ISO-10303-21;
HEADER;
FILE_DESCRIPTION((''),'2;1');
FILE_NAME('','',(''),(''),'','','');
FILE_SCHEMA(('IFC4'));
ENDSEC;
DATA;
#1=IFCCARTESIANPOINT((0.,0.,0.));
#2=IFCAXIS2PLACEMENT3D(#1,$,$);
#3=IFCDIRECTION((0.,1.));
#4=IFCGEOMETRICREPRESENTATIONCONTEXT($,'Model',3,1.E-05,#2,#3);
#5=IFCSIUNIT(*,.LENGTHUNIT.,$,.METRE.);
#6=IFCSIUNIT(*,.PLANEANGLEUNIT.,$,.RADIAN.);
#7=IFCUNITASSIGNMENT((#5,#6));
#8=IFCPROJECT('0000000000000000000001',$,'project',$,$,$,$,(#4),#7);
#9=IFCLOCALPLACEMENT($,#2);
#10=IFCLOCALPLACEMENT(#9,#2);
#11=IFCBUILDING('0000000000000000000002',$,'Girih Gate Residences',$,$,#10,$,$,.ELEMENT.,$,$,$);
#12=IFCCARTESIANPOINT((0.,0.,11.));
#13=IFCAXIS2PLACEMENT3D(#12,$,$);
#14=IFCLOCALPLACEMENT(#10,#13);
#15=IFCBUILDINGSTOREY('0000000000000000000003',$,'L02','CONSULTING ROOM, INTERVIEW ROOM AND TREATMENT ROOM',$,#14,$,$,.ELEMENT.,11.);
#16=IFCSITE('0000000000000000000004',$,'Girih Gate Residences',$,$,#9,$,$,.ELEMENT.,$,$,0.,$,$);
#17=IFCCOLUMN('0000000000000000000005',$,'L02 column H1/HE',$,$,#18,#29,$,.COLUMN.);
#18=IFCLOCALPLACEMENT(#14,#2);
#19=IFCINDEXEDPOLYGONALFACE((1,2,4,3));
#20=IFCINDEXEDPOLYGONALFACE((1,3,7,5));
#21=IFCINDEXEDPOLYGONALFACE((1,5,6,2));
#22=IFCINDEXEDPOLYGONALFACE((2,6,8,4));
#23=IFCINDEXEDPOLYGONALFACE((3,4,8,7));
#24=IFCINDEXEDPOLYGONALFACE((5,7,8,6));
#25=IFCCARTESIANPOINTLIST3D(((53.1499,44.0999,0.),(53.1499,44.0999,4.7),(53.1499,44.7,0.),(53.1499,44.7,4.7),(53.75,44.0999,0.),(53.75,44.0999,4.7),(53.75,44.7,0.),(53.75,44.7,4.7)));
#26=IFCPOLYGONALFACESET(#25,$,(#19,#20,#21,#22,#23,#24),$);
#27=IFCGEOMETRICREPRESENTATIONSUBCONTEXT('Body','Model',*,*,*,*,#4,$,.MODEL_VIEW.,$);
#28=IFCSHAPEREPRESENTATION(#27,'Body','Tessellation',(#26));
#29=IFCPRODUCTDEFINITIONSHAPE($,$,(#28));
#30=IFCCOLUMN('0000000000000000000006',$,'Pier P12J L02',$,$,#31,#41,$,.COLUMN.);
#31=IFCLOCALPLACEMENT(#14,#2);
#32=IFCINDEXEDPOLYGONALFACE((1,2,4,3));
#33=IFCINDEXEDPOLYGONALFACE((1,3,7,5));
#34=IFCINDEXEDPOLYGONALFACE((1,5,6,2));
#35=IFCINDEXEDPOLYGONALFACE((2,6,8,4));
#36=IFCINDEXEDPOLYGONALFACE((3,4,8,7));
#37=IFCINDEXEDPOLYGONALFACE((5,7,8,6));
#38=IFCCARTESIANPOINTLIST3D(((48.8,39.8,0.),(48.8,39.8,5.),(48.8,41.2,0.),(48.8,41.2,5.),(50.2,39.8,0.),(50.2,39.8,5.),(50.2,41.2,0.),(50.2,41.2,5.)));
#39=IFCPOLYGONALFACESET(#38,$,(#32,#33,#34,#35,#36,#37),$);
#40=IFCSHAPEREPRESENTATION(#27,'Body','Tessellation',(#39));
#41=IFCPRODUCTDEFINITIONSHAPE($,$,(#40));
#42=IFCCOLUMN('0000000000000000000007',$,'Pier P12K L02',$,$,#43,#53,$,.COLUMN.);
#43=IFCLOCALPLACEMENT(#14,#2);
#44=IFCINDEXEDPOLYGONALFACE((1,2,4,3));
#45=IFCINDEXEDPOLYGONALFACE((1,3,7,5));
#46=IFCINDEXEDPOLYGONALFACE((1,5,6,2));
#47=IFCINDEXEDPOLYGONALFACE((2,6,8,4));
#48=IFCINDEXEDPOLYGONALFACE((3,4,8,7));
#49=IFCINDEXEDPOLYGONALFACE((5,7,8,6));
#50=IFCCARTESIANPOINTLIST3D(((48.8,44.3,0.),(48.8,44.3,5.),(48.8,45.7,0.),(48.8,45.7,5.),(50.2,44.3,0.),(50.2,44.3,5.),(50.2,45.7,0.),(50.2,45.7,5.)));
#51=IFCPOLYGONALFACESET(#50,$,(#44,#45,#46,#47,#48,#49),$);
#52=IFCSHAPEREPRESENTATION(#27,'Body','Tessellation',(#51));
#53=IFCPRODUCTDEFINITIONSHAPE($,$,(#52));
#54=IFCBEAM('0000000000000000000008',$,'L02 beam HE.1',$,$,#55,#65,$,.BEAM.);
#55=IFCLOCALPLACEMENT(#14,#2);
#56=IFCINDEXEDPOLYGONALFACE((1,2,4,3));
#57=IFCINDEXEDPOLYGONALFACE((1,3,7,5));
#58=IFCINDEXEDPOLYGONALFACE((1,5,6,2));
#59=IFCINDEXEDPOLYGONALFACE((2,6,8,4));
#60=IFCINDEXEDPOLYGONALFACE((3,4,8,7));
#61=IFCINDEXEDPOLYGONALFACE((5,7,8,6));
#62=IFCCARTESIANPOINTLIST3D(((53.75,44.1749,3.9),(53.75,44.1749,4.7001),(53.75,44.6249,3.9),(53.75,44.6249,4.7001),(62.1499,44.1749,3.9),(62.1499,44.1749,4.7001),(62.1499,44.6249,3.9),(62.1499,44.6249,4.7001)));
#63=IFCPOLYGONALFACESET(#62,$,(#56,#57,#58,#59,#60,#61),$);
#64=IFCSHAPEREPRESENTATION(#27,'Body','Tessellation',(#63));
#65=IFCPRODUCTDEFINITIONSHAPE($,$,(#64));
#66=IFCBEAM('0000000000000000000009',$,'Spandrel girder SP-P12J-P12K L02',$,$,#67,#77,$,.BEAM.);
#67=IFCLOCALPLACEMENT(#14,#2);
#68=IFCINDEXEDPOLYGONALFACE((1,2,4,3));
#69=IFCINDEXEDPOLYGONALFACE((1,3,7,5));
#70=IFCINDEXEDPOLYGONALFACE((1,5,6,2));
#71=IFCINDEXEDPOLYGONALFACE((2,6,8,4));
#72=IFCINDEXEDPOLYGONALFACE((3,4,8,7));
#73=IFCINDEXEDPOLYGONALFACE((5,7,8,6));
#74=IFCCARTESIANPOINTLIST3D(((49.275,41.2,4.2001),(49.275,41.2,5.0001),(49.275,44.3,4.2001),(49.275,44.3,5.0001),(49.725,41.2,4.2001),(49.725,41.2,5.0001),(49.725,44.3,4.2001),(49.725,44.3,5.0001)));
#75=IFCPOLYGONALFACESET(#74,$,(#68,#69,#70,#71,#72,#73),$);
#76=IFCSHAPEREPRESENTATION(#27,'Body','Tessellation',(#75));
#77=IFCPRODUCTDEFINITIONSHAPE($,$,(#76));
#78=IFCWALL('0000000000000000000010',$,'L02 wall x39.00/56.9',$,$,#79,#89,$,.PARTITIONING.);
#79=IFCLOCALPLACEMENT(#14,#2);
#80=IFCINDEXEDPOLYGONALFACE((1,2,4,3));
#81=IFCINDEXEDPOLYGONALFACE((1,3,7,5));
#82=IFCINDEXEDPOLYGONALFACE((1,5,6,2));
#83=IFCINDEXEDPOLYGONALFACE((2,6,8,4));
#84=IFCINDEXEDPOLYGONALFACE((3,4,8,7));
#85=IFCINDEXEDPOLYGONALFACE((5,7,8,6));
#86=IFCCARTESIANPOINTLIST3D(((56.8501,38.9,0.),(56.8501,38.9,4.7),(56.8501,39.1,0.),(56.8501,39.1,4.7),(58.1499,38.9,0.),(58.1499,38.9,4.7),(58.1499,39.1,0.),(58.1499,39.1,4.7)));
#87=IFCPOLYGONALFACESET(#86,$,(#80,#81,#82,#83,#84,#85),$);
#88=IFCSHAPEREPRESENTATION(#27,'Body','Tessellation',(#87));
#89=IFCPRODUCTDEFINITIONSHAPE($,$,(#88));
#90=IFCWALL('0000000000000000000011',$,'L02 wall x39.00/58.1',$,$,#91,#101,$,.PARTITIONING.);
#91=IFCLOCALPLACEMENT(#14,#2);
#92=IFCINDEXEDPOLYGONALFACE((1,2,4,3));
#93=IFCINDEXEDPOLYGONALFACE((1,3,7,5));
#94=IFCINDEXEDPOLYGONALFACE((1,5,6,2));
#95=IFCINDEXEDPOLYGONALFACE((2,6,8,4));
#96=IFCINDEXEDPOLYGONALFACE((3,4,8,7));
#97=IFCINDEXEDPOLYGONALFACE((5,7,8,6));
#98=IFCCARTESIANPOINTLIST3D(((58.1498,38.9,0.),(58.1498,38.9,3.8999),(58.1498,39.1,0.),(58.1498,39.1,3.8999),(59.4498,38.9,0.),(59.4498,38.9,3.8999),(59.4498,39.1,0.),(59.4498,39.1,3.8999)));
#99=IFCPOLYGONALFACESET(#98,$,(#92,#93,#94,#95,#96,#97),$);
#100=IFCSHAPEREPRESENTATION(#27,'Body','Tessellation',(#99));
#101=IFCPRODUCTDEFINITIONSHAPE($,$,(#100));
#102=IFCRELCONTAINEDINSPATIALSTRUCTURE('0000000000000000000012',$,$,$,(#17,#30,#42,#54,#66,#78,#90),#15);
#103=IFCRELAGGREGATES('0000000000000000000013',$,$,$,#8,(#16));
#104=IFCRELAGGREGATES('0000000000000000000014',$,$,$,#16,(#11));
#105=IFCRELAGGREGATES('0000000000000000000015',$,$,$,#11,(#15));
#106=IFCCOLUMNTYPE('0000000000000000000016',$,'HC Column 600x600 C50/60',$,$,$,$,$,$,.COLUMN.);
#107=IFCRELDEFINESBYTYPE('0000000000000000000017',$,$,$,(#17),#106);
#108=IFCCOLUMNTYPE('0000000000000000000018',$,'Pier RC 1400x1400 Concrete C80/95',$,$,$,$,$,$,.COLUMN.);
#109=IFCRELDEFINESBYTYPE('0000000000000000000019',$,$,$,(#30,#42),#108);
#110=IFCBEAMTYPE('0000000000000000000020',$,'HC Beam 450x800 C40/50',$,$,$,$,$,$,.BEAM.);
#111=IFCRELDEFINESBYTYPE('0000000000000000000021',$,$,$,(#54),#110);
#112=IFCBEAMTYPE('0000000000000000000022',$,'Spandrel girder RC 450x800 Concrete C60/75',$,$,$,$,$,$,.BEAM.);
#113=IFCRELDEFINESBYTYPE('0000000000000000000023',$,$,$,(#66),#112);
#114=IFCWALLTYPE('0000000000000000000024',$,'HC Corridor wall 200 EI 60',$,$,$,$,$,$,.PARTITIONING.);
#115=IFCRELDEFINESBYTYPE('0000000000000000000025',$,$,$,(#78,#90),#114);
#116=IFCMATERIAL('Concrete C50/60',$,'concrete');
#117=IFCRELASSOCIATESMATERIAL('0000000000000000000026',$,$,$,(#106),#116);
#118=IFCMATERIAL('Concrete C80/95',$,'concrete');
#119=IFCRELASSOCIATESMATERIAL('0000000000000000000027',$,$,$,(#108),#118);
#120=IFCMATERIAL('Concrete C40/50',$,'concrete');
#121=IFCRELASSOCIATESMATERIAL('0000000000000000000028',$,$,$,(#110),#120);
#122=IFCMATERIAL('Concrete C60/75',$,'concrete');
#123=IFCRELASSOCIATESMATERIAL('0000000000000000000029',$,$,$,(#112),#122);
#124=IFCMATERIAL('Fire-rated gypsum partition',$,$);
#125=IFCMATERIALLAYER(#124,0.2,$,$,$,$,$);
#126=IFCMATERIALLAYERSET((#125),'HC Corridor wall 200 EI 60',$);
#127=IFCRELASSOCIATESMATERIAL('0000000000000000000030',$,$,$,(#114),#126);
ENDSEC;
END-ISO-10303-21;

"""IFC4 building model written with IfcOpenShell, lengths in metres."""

from ifc_helpers import new_model, si_unit, direction, frame, frame_2d, origin, origin_2d, place, context, subcontext, project, spatial, rectangle, extrude, material, layer, layer_set, material_profile, profile_set, type_object, element, save


model = new_model("IFC4")

# Units and contexts
model_context = context("Model", 3, precision=1e-05, world=origin(), true_north=direction((0.0, 1.0)))
body_context = subcontext(model_context, "Body", "Model", "MODEL_VIEW")
ifc_project = project(units=[si_unit("LENGTHUNIT", "METRE"), si_unit("PLANEANGLEUNIT", "RADIAN")], contexts=[model_context])

# Site, building, storey
site_placement = place(None, origin())
site = spatial("IfcSite", under=ifc_project, at=site_placement, Name="Girih Gate Residences", CompositionType="ELEMENT", RefElevation=0.0)
building_placement = place(site_placement, origin())
building = spatial("IfcBuilding", under=site, at=building_placement, Name="Girih Gate Residences", CompositionType="ELEMENT")
storey_placement = place(building_placement, frame((0.0, 0.0, 11.0)))
storey = spatial("IfcBuildingStorey", under=building, at=storey_placement, Name="L02", Description="CONSULTING ROOM, INTERVIEW ROOM AND TREATMENT ROOM", CompositionType="ELEMENT", Elevation=11.0)

# Columns
ifc_material_1 = material(Name="Concrete C50/60", Category="concrete")
ifc_material_profile_1 = material_profile(ifc_material_1, rectangle(XDim=0.6001, YDim=0.6001, at=origin_2d()))
ifc_profile_set_1 = profile_set([ifc_material_profile_1], Name="Concrete C50/60")
column_type_1 = type_object("IfcColumnType", Name="HC Column 600x600 C50/60", PredefinedType="COLUMN", material=ifc_profile_set_1)
column_placement = place(storey_placement, frame((53.45, 44.3999, 0.0), z_axis=(0.0, 0.0, 1.0), x_axis=(1.0, 0.0, 0.0)))
element("IfcColumn", 1, at=column_placement, inside=storey, type_object=column_type_1, Name="L02 column H1/HE", PredefinedType="COLUMN", context=body_context, shape_type="SweptSolid", body=[
    extrude(rectangle(XDim=0.6001, YDim=0.6001, at=origin_2d()), origin(), (0.0, 0.0, 1.0), 4.7),
])
ifc_material_2 = material(Name="Concrete C80/95", Category="concrete")
ifc_material_profile_2 = material_profile(ifc_material_2, rectangle(XDim=1.3999, YDim=1.3999, at=origin_2d()))
ifc_profile_set_2 = profile_set([ifc_material_profile_2], Name="Concrete C80/95")
column_type_2 = type_object("IfcColumnType", Name="Pier RC 1400x1400 Concrete C80/95", PredefinedType="COLUMN", material=ifc_profile_set_2)
for number, where, z_axis, x_axis, name in (
    (2, (49.5, 40.5, 0.0), (0.0, 0.0, 1.0), (1.0, 0.0, 0.0), "Pier P12J L02"),
    (3, (49.5, 45.0, 0.0), (0.0, 0.0, 1.0), (1.0, 0.0, 0.0), "Pier P12K L02"),
):
    element("IfcColumn", number, at=place(storey_placement, frame(where, z_axis=z_axis, x_axis=x_axis)), inside=storey, type_object=column_type_2, Name=name, PredefinedType="COLUMN", context=body_context, shape_type="SweptSolid", body=[
        extrude(rectangle(XDim=1.3999, YDim=1.3999, at=origin_2d()), origin(), (0.0, 0.0, 1.0), 5.0),
    ])

# Beams
ifc_material_3 = material(Name="Concrete C40/50", Category="concrete")
ifc_material_profile_3 = material_profile(ifc_material_3, rectangle(XDim=0.45, YDim=0.8, at=origin_2d()))
ifc_profile_set_3 = profile_set([ifc_material_profile_3], Name="Concrete C40/50")
beam_type_1 = type_object("IfcBeamType", Name="HC Beam 450x800 C40/50", PredefinedType="BEAM", material=ifc_profile_set_3)
beam_1_placement = place(storey_placement, frame((53.75, 44.3999, 4.3), z_axis=(1.0, 0.0, 0.0), x_axis=(0.0, 1.0, 0.0)))
element("IfcBeam", 4, at=beam_1_placement, inside=storey, type_object=beam_type_1, Name="L02 beam HE.1", PredefinedType="BEAM", context=body_context, shape_type="SweptSolid", body=[
    extrude(rectangle(XDim=0.45, YDim=0.8, at=origin_2d()), origin(), (0.0, 0.0, 1.0), 8.3999),
])
ifc_material_4 = material(Name="Concrete C60/75", Category="concrete")
ifc_material_profile_4 = material_profile(ifc_material_4, rectangle(XDim=0.45, YDim=0.8, at=origin_2d()))
ifc_profile_set_4 = profile_set([ifc_material_profile_4], Name="Concrete C60/75")
beam_type_2 = type_object("IfcBeamType", Name="Spandrel girder RC 450x800 Concrete C60/75", PredefinedType="BEAM", material=ifc_profile_set_4)
beam_2_placement = place(storey_placement, frame((49.5, 41.2, 4.6001), z_axis=(0.0, 1.0, 0.0), x_axis=(-1.0, 0.0, 0.0)))
element("IfcBeam", 5, at=beam_2_placement, inside=storey, type_object=beam_type_2, Name="Spandrel girder SP-P12J-P12K L02", PredefinedType="BEAM", context=body_context, shape_type="SweptSolid", body=[
    extrude(rectangle(XDim=0.45, YDim=0.8, at=origin_2d()), origin(), (0.0, 0.0, 1.0), 3.1001),
])

# Walls
ifc_material_5 = material(Name="Fire-rated gypsum partition")
ifc_layer_1 = layer(ifc_material_5, 0.2)
ifc_layer_set_1 = layer_set([ifc_layer_1], Name="HC Corridor wall 200 EI 60")
wall_type_1 = type_object("IfcWallType", Name="HC Corridor wall 200 EI 60", PredefinedType="PARTITIONING", material=ifc_layer_set_1)
wall_1_placement = place(storey_placement, frame((56.8501, 39.0, 0.0), z_axis=(0.0, 0.0, 1.0), x_axis=(1.0, 0.0, 0.0)))
element("IfcWall", 6, at=wall_1_placement, inside=storey, type_object=wall_type_1, Name="L02 wall x39.00/56.9", PredefinedType="PARTITIONING", context=body_context, shape_type="SweptSolid", body=[
    extrude(rectangle(XDim=1.2998, YDim=0.2, at=frame_2d((0.6499, 0.0))), origin(), (0.0, 0.0, 1.0), 4.7),
])
wall_2_placement = place(storey_placement, frame((58.1499, 39.0, 0.0), z_axis=(0.0, 0.0, 1.0), x_axis=(1.0, 0.0, 0.0)))
element("IfcWall", 7, at=wall_2_placement, inside=storey, type_object=wall_type_1, Name="L02 wall x39.00/58.1", PredefinedType="PARTITIONING", context=body_context, shape_type="SweptSolid", body=[
    extrude(rectangle(XDim=1.3, YDim=0.2, at=frame_2d((0.6499, 0.0))), origin(), (0.0, 0.0, 1.0), 3.8999),
])

save(model, "model.ifc")
